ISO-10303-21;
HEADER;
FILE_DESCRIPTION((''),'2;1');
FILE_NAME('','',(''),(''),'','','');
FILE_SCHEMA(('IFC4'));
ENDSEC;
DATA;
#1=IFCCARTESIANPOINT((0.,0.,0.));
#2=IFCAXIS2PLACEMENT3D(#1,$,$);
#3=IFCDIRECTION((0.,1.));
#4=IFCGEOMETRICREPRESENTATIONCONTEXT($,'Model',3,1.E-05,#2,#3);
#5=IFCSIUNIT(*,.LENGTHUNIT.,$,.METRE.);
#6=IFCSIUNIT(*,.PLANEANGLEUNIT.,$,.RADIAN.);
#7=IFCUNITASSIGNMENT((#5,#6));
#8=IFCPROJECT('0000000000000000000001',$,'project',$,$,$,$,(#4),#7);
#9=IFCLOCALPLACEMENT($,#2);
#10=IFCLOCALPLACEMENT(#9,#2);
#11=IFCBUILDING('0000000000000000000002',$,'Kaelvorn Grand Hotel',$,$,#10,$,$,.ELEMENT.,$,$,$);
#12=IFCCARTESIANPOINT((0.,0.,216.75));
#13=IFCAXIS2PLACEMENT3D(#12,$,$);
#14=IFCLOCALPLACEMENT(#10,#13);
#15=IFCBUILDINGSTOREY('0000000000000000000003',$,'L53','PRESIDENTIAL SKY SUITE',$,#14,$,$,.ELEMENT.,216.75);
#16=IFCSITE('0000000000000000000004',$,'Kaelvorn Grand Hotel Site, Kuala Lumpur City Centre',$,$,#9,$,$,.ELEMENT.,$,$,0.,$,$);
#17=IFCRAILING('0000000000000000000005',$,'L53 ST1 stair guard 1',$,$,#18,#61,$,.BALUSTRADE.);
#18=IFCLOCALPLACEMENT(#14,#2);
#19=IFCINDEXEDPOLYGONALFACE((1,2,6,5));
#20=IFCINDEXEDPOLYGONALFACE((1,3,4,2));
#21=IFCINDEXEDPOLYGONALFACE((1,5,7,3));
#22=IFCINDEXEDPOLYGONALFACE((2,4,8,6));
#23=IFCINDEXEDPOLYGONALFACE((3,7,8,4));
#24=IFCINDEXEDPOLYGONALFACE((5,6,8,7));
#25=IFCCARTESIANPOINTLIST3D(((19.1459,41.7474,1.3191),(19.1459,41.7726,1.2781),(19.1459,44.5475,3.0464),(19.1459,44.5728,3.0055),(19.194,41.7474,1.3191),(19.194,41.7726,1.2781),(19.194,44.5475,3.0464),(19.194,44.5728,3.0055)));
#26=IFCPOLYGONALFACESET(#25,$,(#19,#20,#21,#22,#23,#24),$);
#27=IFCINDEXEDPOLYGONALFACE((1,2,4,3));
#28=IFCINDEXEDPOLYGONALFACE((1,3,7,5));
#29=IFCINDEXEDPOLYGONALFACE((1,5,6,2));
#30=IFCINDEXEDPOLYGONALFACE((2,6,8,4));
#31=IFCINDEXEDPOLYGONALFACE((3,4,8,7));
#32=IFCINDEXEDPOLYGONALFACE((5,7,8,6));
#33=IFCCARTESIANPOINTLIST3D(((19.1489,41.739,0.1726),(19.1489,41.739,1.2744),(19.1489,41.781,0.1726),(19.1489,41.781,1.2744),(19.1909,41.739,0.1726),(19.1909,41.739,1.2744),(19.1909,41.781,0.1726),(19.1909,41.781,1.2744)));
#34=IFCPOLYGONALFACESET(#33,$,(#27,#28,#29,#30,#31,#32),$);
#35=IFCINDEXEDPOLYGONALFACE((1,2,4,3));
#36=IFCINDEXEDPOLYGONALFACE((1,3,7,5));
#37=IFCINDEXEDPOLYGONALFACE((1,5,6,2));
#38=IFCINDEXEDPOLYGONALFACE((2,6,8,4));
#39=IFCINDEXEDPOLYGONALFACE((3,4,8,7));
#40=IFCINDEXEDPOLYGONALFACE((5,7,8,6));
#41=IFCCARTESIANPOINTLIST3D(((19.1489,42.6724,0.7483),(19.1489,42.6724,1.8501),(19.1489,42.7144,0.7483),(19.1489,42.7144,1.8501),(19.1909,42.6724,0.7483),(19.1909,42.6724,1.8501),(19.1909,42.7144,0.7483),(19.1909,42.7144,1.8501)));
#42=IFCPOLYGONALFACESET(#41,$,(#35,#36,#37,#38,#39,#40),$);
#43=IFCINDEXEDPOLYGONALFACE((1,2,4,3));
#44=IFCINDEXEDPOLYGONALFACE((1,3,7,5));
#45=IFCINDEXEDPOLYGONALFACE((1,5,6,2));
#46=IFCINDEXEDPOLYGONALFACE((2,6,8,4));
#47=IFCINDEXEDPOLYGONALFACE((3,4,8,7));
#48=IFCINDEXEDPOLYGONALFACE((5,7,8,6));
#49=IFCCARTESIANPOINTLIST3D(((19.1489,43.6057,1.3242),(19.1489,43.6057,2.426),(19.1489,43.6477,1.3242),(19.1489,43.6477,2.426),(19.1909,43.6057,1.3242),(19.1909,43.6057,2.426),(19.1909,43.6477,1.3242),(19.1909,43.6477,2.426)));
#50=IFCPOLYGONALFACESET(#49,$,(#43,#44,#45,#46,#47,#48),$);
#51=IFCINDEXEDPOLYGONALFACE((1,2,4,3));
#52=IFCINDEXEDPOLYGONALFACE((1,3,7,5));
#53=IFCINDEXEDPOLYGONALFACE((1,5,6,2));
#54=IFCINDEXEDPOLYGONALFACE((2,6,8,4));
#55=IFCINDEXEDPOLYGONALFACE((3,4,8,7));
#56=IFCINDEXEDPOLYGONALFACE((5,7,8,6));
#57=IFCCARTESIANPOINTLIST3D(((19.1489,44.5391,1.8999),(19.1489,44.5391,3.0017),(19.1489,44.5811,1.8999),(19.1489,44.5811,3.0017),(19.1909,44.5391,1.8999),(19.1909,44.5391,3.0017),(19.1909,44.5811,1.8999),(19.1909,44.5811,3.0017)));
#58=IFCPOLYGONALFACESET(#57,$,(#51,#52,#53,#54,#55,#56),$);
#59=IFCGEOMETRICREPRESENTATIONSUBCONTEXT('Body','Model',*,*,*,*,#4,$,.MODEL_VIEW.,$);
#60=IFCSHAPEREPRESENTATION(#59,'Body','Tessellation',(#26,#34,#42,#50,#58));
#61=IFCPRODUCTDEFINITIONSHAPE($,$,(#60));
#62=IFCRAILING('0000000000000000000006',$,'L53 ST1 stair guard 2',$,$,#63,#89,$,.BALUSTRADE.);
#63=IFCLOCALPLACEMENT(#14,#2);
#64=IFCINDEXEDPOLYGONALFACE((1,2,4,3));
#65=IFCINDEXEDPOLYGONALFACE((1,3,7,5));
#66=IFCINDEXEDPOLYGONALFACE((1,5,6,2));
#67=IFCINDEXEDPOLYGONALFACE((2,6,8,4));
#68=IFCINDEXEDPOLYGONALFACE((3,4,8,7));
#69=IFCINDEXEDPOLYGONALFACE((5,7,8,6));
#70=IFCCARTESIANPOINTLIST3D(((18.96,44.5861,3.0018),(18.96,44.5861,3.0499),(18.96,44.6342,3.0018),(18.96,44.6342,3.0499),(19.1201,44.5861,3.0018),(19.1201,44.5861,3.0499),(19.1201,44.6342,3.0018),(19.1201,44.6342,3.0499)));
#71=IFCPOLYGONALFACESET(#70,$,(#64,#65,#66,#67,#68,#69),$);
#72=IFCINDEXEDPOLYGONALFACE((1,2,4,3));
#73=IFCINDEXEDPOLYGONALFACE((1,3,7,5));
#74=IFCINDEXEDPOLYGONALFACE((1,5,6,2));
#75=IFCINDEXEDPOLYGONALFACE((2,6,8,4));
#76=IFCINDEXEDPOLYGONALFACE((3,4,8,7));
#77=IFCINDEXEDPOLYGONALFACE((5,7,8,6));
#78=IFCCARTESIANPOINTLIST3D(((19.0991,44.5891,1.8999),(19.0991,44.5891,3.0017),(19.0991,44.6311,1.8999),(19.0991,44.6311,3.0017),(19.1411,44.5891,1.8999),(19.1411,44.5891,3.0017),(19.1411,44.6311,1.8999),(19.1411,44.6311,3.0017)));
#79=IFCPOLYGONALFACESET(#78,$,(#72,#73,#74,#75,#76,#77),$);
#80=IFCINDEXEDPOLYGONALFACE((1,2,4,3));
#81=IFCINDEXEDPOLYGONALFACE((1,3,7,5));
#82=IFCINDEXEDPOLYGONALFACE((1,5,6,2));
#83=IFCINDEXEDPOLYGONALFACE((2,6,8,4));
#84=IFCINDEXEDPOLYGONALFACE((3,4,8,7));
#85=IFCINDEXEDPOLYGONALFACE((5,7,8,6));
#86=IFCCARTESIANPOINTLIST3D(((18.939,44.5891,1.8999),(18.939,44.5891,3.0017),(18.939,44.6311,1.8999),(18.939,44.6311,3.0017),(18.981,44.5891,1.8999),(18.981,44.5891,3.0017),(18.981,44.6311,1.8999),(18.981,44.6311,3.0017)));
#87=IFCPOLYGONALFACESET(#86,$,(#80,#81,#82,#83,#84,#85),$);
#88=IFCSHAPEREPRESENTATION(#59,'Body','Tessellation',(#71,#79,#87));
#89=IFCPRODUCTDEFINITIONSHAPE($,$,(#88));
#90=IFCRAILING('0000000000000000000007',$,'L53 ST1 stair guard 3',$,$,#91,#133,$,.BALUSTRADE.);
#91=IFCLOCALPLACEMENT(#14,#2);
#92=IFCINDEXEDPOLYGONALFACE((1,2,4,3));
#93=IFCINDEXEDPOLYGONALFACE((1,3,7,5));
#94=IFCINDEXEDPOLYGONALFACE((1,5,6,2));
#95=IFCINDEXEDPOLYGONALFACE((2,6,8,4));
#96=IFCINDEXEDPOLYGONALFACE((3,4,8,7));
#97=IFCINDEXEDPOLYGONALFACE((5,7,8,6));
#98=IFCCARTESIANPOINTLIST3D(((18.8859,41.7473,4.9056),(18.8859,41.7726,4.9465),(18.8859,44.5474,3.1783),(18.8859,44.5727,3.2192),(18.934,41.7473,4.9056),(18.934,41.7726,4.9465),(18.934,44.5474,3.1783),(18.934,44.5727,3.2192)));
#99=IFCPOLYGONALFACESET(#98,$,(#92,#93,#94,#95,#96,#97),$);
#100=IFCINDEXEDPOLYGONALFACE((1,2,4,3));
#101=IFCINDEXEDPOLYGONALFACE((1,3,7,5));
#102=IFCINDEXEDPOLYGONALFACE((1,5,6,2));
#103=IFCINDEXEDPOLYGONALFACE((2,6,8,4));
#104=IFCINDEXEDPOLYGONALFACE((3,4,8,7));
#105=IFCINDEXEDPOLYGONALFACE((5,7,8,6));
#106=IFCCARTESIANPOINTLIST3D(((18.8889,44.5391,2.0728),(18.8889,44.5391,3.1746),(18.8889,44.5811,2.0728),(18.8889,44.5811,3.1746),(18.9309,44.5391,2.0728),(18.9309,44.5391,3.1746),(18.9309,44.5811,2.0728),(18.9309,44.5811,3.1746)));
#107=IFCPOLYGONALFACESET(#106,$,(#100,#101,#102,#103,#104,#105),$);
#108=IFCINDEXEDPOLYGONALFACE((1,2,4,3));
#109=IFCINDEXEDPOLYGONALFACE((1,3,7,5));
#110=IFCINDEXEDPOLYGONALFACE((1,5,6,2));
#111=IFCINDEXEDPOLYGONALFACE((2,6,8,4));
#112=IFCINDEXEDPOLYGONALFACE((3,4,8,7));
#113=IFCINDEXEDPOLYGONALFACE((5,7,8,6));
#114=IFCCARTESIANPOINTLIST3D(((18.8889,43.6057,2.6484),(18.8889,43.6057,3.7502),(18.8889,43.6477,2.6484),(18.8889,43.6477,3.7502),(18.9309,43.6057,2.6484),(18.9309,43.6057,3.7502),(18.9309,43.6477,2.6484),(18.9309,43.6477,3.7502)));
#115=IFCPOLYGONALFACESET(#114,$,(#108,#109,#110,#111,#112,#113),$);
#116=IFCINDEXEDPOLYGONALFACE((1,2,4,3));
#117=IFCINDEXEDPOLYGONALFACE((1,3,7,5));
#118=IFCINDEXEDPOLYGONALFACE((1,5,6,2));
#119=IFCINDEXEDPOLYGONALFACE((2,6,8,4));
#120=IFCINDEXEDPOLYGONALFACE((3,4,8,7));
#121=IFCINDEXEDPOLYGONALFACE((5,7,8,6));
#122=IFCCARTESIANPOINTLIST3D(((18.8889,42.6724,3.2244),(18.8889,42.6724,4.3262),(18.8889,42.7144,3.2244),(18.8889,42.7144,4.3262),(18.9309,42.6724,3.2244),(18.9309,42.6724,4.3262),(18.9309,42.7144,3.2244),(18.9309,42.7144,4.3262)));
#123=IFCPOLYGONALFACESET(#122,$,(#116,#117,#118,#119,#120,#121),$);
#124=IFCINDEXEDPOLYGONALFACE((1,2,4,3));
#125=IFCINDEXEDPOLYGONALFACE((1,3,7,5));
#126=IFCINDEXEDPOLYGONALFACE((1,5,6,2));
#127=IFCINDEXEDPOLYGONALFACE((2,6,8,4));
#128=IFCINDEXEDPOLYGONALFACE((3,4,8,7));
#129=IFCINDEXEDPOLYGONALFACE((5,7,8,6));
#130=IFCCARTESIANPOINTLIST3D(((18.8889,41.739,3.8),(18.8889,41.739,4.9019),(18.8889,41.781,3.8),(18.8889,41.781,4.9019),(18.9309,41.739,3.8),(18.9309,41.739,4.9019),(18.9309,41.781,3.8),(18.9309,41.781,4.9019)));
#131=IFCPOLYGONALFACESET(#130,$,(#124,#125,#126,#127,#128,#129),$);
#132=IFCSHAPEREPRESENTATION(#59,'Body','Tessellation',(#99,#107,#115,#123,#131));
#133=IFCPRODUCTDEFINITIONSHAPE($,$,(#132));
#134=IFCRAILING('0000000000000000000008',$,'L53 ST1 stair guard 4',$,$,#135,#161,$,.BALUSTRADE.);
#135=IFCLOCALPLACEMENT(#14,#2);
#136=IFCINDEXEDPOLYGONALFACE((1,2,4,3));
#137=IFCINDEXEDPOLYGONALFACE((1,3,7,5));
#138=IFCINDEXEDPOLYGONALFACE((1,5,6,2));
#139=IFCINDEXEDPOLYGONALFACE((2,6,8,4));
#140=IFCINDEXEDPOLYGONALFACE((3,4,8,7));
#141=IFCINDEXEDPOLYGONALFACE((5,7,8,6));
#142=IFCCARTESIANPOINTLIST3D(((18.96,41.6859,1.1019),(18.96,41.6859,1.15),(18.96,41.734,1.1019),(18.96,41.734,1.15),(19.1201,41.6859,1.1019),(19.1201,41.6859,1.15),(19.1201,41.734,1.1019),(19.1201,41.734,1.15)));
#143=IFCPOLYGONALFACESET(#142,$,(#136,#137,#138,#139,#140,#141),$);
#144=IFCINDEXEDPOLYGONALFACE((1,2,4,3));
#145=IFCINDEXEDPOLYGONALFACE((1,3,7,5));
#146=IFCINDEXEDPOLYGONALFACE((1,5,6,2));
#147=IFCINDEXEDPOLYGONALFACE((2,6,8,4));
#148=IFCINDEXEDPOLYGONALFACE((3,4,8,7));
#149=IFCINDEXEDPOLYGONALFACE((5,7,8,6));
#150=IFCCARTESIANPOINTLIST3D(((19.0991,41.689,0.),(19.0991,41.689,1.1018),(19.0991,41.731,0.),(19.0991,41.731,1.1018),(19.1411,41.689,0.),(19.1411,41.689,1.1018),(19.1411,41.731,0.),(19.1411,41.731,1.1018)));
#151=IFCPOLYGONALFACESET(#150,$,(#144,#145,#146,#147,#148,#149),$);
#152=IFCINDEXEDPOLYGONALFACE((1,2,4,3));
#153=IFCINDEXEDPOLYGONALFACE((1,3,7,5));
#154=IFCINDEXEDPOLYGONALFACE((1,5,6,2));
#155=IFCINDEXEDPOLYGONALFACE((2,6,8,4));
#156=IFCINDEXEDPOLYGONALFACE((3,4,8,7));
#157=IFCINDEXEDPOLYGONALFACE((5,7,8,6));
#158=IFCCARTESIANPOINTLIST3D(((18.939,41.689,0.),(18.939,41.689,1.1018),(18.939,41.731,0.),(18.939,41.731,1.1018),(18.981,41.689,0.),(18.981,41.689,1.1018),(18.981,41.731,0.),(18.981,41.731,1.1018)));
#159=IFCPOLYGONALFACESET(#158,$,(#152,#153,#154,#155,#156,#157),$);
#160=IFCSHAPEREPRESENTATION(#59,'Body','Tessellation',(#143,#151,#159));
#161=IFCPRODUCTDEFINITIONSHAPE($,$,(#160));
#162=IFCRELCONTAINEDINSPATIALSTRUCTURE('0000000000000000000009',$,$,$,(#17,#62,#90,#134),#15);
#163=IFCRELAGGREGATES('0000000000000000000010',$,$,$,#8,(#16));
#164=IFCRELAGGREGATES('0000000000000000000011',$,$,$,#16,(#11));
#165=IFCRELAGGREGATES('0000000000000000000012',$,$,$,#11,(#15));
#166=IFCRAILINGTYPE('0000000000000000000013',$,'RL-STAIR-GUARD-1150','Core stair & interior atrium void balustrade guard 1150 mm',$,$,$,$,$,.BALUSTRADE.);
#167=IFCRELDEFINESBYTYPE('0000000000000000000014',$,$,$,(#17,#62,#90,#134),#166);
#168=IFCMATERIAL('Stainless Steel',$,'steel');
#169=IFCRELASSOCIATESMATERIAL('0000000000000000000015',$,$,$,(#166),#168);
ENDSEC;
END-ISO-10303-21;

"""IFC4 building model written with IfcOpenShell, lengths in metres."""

from ifc_helpers import new_model, si_unit, direction, frame, origin, origin_2d, place, context, subcontext, project, spatial, rectangle, extrude, material, type_object, element, save


model = new_model("IFC4")

# Units and contexts
model_context = context("Model", 3, precision=1e-05, world=origin(), true_north=direction((0.0, 1.0)))
body_context = subcontext(model_context, "Body", "Model", "MODEL_VIEW")
ifc_project = project(units=[si_unit("LENGTHUNIT", "METRE"), si_unit("PLANEANGLEUNIT", "RADIAN")], contexts=[model_context])

# Site, building, storey
site_placement = place(None, origin())
site = spatial("IfcSite", under=ifc_project, at=site_placement, Name="Kaelvorn Grand Hotel Site, Kuala Lumpur City Centre", CompositionType="ELEMENT", RefElevation=0.0)
building_placement = place(site_placement, origin())
building = spatial("IfcBuilding", under=site, at=building_placement, Name="Kaelvorn Grand Hotel", CompositionType="ELEMENT")
storey_placement = place(building_placement, frame((0.0, 0.0, 216.75)))
storey = spatial("IfcBuildingStorey", under=building, at=storey_placement, Name="L53", Description="PRESIDENTIAL SKY SUITE", CompositionType="ELEMENT", Elevation=216.75)

# Railings
ifc_material_1 = material(Name="Stainless Steel", Category="steel")
railing_type_1 = type_object("IfcRailingType", Name="RL-STAIR-GUARD-1150", Description="Core stair & interior atrium void balustrade guard 1150 mm", PredefinedType="BALUSTRADE", material=ifc_material_1)
railing_1_placement = place(storey_placement, frame((19.1699, 41.76, 0.1726)))
element("IfcRailing", 1, at=railing_1_placement, inside=storey, type_object=railing_type_1, Name="L53 ST1 stair guard 1", PredefinedType="BALUSTRADE", context=body_context, shape_type="SweptSolid", body=[
    extrude(rectangle(XDim=0.0481, YDim=0.0481, at=origin_2d()), frame((0.0, 0.0, 1.126), z_axis=(0.0, 0.85109, 0.52502), x_axis=(-1.0, 0.0, 0.0)), (0.0, 0.0, 1.0), 3.29),
    extrude(rectangle(XDim=0.042, YDim=0.042, at=origin_2d()), origin(), (0.0, 0.0, 1.0), 1.1018),
    extrude(rectangle(XDim=0.042, YDim=0.042, at=origin_2d()), frame((0.0, 0.9333, 0.5757)), (0.0, 0.0, 1.0), 1.1018),
    extrude(rectangle(XDim=0.042, YDim=0.042, at=origin_2d()), frame((0.0, 1.8667, 1.1516)), (0.0, 0.0, 1.0), 1.1018),
    extrude(rectangle(XDim=0.042, YDim=0.042, at=origin_2d()), frame((0.0, 2.8, 1.7273)), (0.0, 0.0, 1.0), 1.1018),
])
railing_2_placement = place(storey_placement, frame((19.1201, 44.6101, 1.8999)))
element("IfcRailing", 2, at=railing_2_placement, inside=storey, type_object=railing_type_1, Name="L53 ST1 stair guard 2", PredefinedType="BALUSTRADE", context=body_context, shape_type="SweptSolid", body=[
    extrude(rectangle(XDim=0.0481, YDim=0.0481, at=origin_2d()), frame((0.0, 0.0, 1.126), z_axis=(-1.0, 0.0, 0.0), x_axis=(0.0, -1.0, 0.0)), (0.0, 0.0, 1.0), 0.1602),
    extrude(rectangle(XDim=0.042, YDim=0.042, at=origin_2d()), origin(), (0.0, 0.0, 1.0), 1.1018),
    extrude(rectangle(XDim=0.042, YDim=0.042, at=origin_2d()), frame((-0.1602, 0.0, 0.0)), (0.0, 0.0, 1.0), 1.1018),
])
railing_3_placement = place(storey_placement, frame((18.9099, 44.5601, 2.0728)))
element("IfcRailing", 3, at=railing_3_placement, inside=storey, type_object=railing_type_1, Name="L53 ST1 stair guard 3", PredefinedType="BALUSTRADE", context=body_context, shape_type="SweptSolid", body=[
    extrude(rectangle(XDim=0.0481, YDim=0.0481, at=origin_2d()), frame((0.0, 0.0, 1.126), z_axis=(0.0, -0.85109, 0.52502), x_axis=(1.0, 0.0, 0.0)), (0.0, 0.0, 1.0), 3.29),
    extrude(rectangle(XDim=0.042, YDim=0.042, at=origin_2d()), origin(), (0.0, 0.0, 1.0), 1.1018),
    extrude(rectangle(XDim=0.042, YDim=0.042, at=origin_2d()), frame((0.0, -0.9333, 0.5757)), (0.0, 0.0, 1.0), 1.1018),
    extrude(rectangle(XDim=0.042, YDim=0.042, at=origin_2d()), frame((0.0, -1.8667, 1.1516)), (0.0, 0.0, 1.0), 1.1018),
    extrude(rectangle(XDim=0.042, YDim=0.042, at=origin_2d()), frame((0.0, -2.8, 1.7273)), (0.0, 0.0, 1.0), 1.1018),
])
railing_4_placement = place(storey_placement, frame((19.1201, 41.71, 0.0)))
element("IfcRailing", 4, at=railing_4_placement, inside=storey, type_object=railing_type_1, Name="L53 ST1 stair guard 4", PredefinedType="BALUSTRADE", context=body_context, shape_type="SweptSolid", body=[
    extrude(rectangle(XDim=0.0481, YDim=0.0481, at=origin_2d()), frame((0.0, 0.0, 1.126), z_axis=(-1.0, 0.0, 0.0), x_axis=(0.0, -1.0, 0.0)), (0.0, 0.0, 1.0), 0.1602),
    extrude(rectangle(XDim=0.042, YDim=0.042, at=origin_2d()), origin(), (0.0, 0.0, 1.0), 1.1018),
    extrude(rectangle(XDim=0.042, YDim=0.042, at=origin_2d()), frame((-0.1602, 0.0, 0.0)), (0.0, 0.0, 1.0), 1.1018),
])

save(model, "model.ifc")
